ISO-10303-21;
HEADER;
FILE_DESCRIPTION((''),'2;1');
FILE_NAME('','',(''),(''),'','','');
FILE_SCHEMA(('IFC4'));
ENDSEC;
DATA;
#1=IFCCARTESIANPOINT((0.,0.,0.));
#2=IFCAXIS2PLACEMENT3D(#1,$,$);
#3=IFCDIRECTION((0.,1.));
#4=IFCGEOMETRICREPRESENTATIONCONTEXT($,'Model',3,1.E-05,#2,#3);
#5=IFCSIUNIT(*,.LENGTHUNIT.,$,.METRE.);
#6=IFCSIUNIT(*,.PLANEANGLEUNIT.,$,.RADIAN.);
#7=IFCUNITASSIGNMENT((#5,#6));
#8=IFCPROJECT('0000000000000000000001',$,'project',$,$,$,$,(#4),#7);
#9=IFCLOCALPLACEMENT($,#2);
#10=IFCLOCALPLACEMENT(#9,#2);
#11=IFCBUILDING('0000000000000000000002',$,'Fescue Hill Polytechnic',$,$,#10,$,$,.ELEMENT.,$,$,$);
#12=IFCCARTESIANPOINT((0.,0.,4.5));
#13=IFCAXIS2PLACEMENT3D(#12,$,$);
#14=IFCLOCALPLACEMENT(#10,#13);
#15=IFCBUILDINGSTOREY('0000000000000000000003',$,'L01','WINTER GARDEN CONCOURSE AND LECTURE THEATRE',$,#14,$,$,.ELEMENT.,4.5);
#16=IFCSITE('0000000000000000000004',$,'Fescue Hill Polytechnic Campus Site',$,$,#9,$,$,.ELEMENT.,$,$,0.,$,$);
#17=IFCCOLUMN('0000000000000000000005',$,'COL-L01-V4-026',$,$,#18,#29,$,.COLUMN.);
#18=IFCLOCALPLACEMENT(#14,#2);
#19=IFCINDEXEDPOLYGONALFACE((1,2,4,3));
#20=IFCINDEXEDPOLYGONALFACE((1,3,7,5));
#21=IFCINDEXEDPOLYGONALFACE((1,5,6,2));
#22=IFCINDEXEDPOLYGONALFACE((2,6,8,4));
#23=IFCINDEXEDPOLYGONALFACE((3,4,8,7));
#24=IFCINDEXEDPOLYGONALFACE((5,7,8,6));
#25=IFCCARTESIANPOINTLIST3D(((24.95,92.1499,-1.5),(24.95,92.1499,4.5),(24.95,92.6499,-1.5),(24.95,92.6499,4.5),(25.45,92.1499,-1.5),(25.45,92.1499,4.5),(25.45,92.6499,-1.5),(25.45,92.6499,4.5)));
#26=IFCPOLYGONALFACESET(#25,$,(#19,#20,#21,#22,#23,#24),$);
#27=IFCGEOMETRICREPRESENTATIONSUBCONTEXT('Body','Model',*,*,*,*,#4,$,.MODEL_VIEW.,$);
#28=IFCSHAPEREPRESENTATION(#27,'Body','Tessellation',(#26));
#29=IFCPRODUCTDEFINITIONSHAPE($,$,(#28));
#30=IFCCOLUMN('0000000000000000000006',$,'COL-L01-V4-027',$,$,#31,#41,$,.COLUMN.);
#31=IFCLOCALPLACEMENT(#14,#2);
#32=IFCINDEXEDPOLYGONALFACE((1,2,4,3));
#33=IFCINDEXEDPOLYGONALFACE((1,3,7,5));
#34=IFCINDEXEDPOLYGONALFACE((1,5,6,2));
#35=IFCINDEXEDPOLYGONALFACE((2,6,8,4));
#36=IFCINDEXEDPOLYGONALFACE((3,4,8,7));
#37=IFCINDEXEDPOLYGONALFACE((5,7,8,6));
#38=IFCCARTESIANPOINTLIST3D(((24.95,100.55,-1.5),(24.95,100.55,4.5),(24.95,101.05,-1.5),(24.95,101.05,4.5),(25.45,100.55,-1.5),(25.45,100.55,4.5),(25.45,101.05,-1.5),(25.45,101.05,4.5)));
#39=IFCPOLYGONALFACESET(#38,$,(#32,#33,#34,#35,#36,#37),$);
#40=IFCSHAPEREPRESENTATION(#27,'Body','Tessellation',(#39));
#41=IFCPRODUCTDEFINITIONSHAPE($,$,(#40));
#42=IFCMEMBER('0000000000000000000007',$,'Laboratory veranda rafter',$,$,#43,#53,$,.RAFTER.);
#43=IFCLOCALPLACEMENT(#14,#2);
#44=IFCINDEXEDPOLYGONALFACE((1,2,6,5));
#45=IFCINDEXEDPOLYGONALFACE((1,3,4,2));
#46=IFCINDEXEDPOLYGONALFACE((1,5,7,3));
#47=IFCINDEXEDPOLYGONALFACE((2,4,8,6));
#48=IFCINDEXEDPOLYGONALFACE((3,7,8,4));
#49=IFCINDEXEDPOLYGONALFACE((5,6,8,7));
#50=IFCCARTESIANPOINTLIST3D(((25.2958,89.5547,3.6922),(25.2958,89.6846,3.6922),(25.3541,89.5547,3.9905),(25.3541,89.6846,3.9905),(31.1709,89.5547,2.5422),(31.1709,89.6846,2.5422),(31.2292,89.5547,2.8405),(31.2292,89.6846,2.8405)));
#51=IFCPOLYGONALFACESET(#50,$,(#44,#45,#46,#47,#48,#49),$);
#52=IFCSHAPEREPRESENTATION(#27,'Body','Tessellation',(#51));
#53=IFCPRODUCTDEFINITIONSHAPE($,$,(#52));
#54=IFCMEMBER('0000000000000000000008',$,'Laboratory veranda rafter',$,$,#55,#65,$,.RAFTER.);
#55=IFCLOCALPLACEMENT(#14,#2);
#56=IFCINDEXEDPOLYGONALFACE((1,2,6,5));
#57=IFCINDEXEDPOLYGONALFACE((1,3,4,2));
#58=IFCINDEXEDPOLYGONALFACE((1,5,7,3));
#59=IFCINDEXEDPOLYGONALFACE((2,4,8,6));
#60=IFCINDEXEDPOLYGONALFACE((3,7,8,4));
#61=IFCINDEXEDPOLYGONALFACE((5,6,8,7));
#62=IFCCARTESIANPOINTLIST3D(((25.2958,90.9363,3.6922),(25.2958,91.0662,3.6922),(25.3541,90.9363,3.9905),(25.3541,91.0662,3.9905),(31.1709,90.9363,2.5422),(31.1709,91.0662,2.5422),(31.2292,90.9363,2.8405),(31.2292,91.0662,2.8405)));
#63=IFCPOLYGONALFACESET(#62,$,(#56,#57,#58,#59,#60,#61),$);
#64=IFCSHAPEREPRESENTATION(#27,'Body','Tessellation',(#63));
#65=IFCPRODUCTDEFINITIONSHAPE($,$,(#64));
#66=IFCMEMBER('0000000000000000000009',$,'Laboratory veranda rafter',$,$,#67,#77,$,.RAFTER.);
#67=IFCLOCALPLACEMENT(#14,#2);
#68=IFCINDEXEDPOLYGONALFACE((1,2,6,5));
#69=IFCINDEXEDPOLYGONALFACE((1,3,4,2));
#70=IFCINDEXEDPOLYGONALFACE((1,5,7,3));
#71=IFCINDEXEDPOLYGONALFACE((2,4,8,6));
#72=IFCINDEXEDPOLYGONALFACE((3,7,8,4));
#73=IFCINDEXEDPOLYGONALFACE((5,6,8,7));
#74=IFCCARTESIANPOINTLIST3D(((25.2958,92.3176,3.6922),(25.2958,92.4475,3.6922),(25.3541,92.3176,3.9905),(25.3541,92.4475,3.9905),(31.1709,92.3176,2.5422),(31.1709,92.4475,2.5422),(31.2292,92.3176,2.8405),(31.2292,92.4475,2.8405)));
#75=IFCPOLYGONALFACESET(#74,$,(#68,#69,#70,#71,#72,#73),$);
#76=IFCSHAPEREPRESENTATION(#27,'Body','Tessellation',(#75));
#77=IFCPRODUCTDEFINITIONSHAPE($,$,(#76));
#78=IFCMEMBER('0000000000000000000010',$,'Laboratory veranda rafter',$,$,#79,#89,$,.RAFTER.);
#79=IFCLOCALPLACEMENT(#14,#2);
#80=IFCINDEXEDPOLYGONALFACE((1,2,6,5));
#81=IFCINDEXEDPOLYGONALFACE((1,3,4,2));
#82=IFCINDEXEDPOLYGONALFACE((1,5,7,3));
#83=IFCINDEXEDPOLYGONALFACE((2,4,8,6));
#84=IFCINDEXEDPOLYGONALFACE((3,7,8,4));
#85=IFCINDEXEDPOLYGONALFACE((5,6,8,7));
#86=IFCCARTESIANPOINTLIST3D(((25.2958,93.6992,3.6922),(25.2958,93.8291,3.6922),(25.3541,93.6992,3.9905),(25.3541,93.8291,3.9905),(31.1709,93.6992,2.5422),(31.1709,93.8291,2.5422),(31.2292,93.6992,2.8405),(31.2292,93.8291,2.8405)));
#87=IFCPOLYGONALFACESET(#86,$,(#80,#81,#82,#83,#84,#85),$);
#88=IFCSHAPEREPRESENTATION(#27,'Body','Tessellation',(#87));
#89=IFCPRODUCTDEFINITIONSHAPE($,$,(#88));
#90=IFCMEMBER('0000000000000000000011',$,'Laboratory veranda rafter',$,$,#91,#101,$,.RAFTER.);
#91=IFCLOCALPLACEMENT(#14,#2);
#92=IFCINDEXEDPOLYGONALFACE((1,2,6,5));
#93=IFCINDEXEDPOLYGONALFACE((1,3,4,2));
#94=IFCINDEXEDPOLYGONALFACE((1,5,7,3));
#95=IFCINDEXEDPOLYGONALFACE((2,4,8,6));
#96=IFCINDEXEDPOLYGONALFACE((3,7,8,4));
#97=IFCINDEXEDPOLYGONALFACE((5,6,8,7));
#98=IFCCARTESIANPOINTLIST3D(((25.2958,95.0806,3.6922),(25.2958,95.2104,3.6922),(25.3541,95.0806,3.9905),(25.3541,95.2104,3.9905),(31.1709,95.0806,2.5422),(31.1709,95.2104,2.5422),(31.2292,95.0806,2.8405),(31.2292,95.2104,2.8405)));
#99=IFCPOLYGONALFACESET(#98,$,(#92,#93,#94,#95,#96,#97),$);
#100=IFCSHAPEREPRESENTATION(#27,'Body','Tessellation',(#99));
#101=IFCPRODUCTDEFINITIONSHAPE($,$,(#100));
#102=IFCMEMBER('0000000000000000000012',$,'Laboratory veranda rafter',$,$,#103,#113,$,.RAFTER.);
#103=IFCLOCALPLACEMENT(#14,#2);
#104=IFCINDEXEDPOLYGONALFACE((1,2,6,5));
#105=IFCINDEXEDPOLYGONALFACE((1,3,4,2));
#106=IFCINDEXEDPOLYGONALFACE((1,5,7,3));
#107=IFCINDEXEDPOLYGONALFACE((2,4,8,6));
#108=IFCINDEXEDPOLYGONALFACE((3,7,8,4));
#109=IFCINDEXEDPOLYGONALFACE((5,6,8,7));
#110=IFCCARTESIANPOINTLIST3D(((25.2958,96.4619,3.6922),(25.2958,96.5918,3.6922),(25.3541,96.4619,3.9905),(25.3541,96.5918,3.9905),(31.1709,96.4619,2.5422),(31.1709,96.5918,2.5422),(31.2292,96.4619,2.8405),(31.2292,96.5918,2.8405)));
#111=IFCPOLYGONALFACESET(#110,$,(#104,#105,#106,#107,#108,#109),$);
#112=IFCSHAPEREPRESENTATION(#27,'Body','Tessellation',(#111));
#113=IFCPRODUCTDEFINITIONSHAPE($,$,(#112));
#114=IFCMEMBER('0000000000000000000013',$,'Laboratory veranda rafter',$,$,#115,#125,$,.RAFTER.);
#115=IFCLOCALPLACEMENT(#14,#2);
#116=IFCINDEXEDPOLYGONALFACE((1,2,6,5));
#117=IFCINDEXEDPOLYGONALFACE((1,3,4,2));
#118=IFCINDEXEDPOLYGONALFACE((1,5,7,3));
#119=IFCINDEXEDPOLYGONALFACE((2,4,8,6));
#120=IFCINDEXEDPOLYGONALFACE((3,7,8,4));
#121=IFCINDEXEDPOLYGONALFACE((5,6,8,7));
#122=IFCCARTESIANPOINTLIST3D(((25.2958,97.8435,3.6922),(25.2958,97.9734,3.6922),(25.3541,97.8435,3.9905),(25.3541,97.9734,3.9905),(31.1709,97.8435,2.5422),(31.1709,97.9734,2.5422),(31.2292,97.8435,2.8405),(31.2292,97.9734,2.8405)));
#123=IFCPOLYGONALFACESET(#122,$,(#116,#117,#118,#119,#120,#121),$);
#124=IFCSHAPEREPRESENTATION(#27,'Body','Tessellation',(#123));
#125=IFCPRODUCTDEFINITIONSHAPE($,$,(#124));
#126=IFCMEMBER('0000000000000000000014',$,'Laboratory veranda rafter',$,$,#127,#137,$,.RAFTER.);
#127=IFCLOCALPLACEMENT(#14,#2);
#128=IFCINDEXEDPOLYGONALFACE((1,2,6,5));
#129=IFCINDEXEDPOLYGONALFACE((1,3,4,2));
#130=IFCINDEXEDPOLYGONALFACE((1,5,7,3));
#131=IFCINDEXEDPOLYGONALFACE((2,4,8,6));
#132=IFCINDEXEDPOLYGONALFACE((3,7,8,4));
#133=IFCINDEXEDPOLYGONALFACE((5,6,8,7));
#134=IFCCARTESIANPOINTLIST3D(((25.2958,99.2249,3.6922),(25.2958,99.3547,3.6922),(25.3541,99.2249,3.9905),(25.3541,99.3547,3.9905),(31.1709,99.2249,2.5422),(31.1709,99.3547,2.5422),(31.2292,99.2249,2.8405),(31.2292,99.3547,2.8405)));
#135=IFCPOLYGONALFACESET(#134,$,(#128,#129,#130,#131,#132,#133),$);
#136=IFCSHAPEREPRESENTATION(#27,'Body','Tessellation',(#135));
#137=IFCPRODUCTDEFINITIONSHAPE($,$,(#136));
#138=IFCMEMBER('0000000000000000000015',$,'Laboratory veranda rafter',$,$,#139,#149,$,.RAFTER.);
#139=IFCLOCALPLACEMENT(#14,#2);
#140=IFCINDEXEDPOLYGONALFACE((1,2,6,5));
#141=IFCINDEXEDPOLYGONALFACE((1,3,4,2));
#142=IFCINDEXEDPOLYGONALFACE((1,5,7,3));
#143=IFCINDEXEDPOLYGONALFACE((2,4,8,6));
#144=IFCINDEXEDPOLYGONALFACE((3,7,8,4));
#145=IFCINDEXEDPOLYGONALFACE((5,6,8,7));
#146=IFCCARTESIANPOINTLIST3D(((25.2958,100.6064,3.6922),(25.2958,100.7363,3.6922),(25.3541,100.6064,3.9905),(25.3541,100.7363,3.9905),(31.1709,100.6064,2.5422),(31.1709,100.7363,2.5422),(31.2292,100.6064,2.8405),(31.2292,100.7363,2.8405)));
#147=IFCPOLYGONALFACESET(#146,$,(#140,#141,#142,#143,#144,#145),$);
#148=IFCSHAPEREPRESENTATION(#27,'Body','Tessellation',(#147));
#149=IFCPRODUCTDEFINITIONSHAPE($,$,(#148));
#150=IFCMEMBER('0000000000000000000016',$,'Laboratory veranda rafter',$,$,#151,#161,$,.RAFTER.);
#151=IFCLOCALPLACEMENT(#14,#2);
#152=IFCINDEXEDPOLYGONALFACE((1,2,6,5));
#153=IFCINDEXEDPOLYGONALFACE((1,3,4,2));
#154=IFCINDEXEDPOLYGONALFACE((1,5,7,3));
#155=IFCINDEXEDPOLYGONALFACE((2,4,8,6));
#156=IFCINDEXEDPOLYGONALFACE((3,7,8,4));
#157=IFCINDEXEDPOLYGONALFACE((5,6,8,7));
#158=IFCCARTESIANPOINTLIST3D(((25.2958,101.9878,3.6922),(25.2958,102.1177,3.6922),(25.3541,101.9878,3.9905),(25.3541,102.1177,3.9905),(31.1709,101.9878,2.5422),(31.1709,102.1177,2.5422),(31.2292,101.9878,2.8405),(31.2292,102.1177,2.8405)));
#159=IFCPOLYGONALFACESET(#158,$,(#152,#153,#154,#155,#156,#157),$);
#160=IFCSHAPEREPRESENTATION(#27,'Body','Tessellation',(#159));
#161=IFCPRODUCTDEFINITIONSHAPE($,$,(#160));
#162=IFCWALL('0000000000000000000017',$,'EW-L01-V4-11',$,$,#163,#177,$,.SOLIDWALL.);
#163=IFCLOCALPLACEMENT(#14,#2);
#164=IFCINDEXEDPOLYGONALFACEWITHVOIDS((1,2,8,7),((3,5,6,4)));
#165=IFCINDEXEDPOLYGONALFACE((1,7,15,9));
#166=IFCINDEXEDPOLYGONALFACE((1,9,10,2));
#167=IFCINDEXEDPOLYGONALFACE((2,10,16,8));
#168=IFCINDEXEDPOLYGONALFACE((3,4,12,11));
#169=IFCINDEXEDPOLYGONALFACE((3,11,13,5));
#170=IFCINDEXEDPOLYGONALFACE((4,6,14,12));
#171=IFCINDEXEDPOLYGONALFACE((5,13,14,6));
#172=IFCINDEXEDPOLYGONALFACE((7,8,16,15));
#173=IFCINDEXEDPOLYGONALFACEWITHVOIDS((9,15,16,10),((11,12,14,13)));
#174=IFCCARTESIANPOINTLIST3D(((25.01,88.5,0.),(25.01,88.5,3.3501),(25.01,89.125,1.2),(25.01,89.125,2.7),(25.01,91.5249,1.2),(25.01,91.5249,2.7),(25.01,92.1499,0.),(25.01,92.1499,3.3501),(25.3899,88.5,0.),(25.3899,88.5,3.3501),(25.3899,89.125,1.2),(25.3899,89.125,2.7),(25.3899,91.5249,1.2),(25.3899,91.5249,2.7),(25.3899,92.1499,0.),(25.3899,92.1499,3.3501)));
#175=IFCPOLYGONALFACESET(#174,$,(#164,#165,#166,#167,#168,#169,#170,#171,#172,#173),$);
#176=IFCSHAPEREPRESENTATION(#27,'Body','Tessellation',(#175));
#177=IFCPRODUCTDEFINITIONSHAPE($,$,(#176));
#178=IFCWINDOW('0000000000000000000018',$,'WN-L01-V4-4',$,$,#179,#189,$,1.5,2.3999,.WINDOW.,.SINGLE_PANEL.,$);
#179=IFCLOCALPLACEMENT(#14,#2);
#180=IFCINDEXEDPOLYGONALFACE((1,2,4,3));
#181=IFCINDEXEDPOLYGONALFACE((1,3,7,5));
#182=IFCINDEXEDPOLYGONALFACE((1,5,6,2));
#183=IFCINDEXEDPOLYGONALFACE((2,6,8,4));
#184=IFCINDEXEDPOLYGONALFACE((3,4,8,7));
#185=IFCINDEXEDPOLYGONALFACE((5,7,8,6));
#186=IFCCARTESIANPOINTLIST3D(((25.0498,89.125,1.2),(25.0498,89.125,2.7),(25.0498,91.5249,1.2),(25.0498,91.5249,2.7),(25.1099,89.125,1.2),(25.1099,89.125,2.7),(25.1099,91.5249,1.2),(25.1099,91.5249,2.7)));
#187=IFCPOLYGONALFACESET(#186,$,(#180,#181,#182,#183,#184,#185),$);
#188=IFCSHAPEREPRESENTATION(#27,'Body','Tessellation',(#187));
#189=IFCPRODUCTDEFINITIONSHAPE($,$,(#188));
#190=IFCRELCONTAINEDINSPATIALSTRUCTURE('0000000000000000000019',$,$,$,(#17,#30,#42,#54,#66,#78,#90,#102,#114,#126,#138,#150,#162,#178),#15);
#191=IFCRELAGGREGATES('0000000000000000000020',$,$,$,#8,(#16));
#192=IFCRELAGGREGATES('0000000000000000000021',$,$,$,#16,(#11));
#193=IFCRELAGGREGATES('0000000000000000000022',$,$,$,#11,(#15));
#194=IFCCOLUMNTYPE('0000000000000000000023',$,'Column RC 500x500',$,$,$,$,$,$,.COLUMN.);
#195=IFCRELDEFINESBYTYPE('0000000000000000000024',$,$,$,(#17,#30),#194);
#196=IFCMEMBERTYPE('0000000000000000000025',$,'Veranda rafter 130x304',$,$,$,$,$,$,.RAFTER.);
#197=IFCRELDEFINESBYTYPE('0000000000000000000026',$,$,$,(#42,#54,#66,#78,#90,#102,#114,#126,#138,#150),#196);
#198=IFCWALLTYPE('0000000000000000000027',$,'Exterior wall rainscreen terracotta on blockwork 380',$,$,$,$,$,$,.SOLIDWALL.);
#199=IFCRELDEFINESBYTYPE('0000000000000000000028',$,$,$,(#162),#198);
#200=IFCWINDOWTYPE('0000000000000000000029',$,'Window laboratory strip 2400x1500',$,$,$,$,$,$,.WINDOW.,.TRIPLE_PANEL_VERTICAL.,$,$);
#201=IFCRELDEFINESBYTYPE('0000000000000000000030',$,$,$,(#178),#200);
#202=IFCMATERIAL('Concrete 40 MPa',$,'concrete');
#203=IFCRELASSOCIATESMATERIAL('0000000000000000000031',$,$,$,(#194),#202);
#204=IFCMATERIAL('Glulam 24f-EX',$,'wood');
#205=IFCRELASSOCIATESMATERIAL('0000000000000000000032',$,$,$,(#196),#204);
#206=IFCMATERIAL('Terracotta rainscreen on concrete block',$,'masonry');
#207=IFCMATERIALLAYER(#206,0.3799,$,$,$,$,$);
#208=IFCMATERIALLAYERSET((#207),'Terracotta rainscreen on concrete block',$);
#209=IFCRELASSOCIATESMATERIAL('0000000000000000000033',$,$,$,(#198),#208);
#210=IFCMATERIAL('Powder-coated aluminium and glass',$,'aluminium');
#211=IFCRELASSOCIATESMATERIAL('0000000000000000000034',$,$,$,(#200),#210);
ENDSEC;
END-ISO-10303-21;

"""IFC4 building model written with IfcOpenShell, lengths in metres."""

from ifc_helpers import new_model, si_unit, direction, frame, frame_2d, origin, origin_2d, place, context, subcontext, project, spatial, rectangle, extrude, material, layer, layer_set, material_profile, profile_set, type_object, element, fill, save


model = new_model("IFC4")

# Units and contexts
model_context = context("Model", 3, precision=1e-05, world=origin(), true_north=direction((0.0, 1.0)))
body_context = subcontext(model_context, "Body", "Model", "MODEL_VIEW")
ifc_project = project(units=[si_unit("LENGTHUNIT", "METRE"), si_unit("PLANEANGLEUNIT", "RADIAN")], contexts=[model_context])

# Site, building, storey
site_placement = place(None, origin())
site = spatial("IfcSite", under=ifc_project, at=site_placement, Name="Fescue Hill Polytechnic Campus Site", CompositionType="ELEMENT", RefElevation=0.0)
building_placement = place(site_placement, origin())
building = spatial("IfcBuilding", under=site, at=building_placement, Name="Fescue Hill Polytechnic", CompositionType="ELEMENT")
storey_placement = place(building_placement, frame((0.0, 0.0, 4.5)))
storey = spatial("IfcBuildingStorey", under=building, at=storey_placement, Name="L01", Description="WINTER GARDEN CONCOURSE AND LECTURE THEATRE", CompositionType="ELEMENT", Elevation=4.5)

# Columns
ifc_material_1 = material(Name="Concrete 40 MPa", Category="concrete")
ifc_material_profile_1 = material_profile(ifc_material_1, rectangle(XDim=0.5, YDim=0.5, at=origin_2d()), Name="RC 500x500")
ifc_profile_set_1 = profile_set([ifc_material_profile_1], Name="Concrete 40 MPa")
column_type = type_object("IfcColumnType", Name="Column RC 500x500", PredefinedType="COLUMN", material=ifc_profile_set_1)
for number, where, z_axis, x_axis, name in (
    (1, (25.2, 92.3999, -1.5), (0.0, 0.0, 1.0), (1.0, 0.0, 0.0), "COL-L01-V4-026"),
    (2, (25.2, 100.8, -1.5), (0.0, 0.0, 1.0), (1.0, 0.0, 0.0), "COL-L01-V4-027"),
):
    element("IfcColumn", number, at=place(storey_placement, frame(where, z_axis=z_axis, x_axis=x_axis)), inside=storey, type_object=column_type, Name=name, PredefinedType="COLUMN", context=body_context, shape_type="SweptSolid", body=[
        extrude(rectangle(XDim=0.5, YDim=0.5, at=origin_2d()), origin(), (0.0, 0.0, 1.0), 6.0),
    ])

# Members
ifc_material_2 = material(Name="Glulam 24f-EX", Category="wood")
ifc_material_profile_2 = material_profile(ifc_material_2, rectangle(XDim=0.1299, YDim=0.304, at=origin_2d()), Name="Veranda rafter 130x304")
ifc_profile_set_2 = profile_set([ifc_material_profile_2], Name="Glulam 24f-EX")
member_type = type_object("IfcMemberType", Name="Veranda rafter 130x304", PredefinedType="RAFTER", material=ifc_profile_set_2)
for number, where, z_axis, x_axis, name in (
    (3, (25.325, 89.6196, 3.8413), (0.981379, 0.0, -0.192083), (0.0, 1.0, 0.0), "Laboratory veranda rafter"),
    (4, (25.325, 91.0012, 3.8413), (0.981379, 0.0, -0.192083), (0.0, 1.0, 0.0), "Laboratory veranda rafter"),
    (5, (25.325, 92.3826, 3.8413), (0.981379, 0.0, -0.192083), (0.0, 1.0, 0.0), "Laboratory veranda rafter"),
    (6, (25.325, 93.7642, 3.8413), (0.981379, 0.0, -0.192083), (0.0, 1.0, 0.0), "Laboratory veranda rafter"),
    (7, (25.325, 95.1455, 3.8413), (0.981379, 0.0, -0.192083), (0.0, 1.0, 0.0), "Laboratory veranda rafter"),
    (8, (25.325, 96.5269, 3.8413), (0.981379, 0.0, -0.192083), (0.0, 1.0, 0.0), "Laboratory veranda rafter"),
    (9, (25.325, 97.9084, 3.8413), (0.981379, 0.0, -0.192083), (0.0, 1.0, 0.0), "Laboratory veranda rafter"),
    (10, (25.325, 99.2898, 3.8413), (0.981379, 0.0, -0.192083), (0.0, 1.0, 0.0), "Laboratory veranda rafter"),
    (11, (25.325, 100.6714, 3.8413), (0.981379, 0.0, -0.192083), (0.0, 1.0, 0.0), "Laboratory veranda rafter"),
    (12, (25.325, 102.0527, 3.8413), (0.981379, 0.0, -0.192083), (0.0, 1.0, 0.0), "Laboratory veranda rafter"),
):
    element("IfcMember", number, at=place(storey_placement, frame(where, z_axis=z_axis, x_axis=x_axis)), inside=storey, type_object=member_type, Name=name, PredefinedType="RAFTER", context=body_context, shape_type="SweptSolid", body=[
        extrude(rectangle(XDim=0.1299, YDim=0.304, at=origin_2d()), origin(), (0.0, 0.0, 1.0), 5.9866),
    ])

# Wall, opening, window
ifc_material_3 = material(Name="Terracotta rainscreen on concrete block", Category="masonry")
ifc_layer_1 = layer(ifc_material_3, 0.3799)
ifc_layer_set_1 = layer_set([ifc_layer_1], Name="Terracotta rainscreen on concrete block")
wall_type_1 = type_object("IfcWallType", Name="Exterior wall rainscreen terracotta on blockwork 380", PredefinedType="SOLIDWALL", material=ifc_layer_set_1)
wall_1_placement = place(storey_placement, frame((25.2, 88.5, 0.0), z_axis=(0.0, 0.0, 1.0), x_axis=(0.0, 1.0, 0.0)))
wall_1 = element("IfcWall", 13, at=wall_1_placement, inside=storey, type_object=wall_type_1, Name="EW-L01-V4-11", PredefinedType="SOLIDWALL", context=body_context, shape_type="SweptSolid", body=[
    extrude(rectangle(XDim=3.6499, YDim=0.3799, at=frame_2d((1.825, 0.0))), origin(), (0.0, 0.0, 1.0), 3.3501),
])
opening_1_placement = place(wall_1_placement, frame((0.625, 0.0, 1.2)))
opening_1 = element("IfcOpeningElement", 14, at=opening_1_placement, cuts=wall_1, PredefinedType="OPENING", context=body_context, shape_type="SweptSolid", body=[
    extrude(rectangle(XDim=2.3999, YDim=1.5, at=frame_2d((1.2, 0.75))), frame((0.0, 0.2, 0.0), z_axis=(0.0, -1.0, 0.0), x_axis=(1.0, 0.0, 0.0)), (0.0, 0.0, 1.0), 0.3999),
])
ifc_material_4 = material(Name="Powder-coated aluminium and glass", Category="aluminium")
window_type_1 = type_object("IfcWindowType", Name="Window laboratory strip 2400x1500", PartitioningType="TRIPLE_PANEL_VERTICAL", PredefinedType="WINDOW", material=ifc_material_4)
window_1_placement = place(opening_1_placement, origin())
window_1 = element("IfcWindow", 15, at=window_1_placement, inside=storey, type_object=window_type_1, Name="WN-L01-V4-4", OverallHeight=1.5, OverallWidth=2.3999, PartitioningType="SINGLE_PANEL", PredefinedType="WINDOW", context=body_context, shape_type="SweptSolid", body=[
    extrude(rectangle(XDim=2.3999, YDim=1.5, at=frame_2d((1.2, 0.75))), frame((0.0, 0.1501, 0.0), z_axis=(0.0, -1.0, 0.0), x_axis=(1.0, 0.0, 0.0)), (0.0, 0.0, 1.0), 0.0601),
])
fill(opening_1, window_1)

save(model, "model.ifc")
